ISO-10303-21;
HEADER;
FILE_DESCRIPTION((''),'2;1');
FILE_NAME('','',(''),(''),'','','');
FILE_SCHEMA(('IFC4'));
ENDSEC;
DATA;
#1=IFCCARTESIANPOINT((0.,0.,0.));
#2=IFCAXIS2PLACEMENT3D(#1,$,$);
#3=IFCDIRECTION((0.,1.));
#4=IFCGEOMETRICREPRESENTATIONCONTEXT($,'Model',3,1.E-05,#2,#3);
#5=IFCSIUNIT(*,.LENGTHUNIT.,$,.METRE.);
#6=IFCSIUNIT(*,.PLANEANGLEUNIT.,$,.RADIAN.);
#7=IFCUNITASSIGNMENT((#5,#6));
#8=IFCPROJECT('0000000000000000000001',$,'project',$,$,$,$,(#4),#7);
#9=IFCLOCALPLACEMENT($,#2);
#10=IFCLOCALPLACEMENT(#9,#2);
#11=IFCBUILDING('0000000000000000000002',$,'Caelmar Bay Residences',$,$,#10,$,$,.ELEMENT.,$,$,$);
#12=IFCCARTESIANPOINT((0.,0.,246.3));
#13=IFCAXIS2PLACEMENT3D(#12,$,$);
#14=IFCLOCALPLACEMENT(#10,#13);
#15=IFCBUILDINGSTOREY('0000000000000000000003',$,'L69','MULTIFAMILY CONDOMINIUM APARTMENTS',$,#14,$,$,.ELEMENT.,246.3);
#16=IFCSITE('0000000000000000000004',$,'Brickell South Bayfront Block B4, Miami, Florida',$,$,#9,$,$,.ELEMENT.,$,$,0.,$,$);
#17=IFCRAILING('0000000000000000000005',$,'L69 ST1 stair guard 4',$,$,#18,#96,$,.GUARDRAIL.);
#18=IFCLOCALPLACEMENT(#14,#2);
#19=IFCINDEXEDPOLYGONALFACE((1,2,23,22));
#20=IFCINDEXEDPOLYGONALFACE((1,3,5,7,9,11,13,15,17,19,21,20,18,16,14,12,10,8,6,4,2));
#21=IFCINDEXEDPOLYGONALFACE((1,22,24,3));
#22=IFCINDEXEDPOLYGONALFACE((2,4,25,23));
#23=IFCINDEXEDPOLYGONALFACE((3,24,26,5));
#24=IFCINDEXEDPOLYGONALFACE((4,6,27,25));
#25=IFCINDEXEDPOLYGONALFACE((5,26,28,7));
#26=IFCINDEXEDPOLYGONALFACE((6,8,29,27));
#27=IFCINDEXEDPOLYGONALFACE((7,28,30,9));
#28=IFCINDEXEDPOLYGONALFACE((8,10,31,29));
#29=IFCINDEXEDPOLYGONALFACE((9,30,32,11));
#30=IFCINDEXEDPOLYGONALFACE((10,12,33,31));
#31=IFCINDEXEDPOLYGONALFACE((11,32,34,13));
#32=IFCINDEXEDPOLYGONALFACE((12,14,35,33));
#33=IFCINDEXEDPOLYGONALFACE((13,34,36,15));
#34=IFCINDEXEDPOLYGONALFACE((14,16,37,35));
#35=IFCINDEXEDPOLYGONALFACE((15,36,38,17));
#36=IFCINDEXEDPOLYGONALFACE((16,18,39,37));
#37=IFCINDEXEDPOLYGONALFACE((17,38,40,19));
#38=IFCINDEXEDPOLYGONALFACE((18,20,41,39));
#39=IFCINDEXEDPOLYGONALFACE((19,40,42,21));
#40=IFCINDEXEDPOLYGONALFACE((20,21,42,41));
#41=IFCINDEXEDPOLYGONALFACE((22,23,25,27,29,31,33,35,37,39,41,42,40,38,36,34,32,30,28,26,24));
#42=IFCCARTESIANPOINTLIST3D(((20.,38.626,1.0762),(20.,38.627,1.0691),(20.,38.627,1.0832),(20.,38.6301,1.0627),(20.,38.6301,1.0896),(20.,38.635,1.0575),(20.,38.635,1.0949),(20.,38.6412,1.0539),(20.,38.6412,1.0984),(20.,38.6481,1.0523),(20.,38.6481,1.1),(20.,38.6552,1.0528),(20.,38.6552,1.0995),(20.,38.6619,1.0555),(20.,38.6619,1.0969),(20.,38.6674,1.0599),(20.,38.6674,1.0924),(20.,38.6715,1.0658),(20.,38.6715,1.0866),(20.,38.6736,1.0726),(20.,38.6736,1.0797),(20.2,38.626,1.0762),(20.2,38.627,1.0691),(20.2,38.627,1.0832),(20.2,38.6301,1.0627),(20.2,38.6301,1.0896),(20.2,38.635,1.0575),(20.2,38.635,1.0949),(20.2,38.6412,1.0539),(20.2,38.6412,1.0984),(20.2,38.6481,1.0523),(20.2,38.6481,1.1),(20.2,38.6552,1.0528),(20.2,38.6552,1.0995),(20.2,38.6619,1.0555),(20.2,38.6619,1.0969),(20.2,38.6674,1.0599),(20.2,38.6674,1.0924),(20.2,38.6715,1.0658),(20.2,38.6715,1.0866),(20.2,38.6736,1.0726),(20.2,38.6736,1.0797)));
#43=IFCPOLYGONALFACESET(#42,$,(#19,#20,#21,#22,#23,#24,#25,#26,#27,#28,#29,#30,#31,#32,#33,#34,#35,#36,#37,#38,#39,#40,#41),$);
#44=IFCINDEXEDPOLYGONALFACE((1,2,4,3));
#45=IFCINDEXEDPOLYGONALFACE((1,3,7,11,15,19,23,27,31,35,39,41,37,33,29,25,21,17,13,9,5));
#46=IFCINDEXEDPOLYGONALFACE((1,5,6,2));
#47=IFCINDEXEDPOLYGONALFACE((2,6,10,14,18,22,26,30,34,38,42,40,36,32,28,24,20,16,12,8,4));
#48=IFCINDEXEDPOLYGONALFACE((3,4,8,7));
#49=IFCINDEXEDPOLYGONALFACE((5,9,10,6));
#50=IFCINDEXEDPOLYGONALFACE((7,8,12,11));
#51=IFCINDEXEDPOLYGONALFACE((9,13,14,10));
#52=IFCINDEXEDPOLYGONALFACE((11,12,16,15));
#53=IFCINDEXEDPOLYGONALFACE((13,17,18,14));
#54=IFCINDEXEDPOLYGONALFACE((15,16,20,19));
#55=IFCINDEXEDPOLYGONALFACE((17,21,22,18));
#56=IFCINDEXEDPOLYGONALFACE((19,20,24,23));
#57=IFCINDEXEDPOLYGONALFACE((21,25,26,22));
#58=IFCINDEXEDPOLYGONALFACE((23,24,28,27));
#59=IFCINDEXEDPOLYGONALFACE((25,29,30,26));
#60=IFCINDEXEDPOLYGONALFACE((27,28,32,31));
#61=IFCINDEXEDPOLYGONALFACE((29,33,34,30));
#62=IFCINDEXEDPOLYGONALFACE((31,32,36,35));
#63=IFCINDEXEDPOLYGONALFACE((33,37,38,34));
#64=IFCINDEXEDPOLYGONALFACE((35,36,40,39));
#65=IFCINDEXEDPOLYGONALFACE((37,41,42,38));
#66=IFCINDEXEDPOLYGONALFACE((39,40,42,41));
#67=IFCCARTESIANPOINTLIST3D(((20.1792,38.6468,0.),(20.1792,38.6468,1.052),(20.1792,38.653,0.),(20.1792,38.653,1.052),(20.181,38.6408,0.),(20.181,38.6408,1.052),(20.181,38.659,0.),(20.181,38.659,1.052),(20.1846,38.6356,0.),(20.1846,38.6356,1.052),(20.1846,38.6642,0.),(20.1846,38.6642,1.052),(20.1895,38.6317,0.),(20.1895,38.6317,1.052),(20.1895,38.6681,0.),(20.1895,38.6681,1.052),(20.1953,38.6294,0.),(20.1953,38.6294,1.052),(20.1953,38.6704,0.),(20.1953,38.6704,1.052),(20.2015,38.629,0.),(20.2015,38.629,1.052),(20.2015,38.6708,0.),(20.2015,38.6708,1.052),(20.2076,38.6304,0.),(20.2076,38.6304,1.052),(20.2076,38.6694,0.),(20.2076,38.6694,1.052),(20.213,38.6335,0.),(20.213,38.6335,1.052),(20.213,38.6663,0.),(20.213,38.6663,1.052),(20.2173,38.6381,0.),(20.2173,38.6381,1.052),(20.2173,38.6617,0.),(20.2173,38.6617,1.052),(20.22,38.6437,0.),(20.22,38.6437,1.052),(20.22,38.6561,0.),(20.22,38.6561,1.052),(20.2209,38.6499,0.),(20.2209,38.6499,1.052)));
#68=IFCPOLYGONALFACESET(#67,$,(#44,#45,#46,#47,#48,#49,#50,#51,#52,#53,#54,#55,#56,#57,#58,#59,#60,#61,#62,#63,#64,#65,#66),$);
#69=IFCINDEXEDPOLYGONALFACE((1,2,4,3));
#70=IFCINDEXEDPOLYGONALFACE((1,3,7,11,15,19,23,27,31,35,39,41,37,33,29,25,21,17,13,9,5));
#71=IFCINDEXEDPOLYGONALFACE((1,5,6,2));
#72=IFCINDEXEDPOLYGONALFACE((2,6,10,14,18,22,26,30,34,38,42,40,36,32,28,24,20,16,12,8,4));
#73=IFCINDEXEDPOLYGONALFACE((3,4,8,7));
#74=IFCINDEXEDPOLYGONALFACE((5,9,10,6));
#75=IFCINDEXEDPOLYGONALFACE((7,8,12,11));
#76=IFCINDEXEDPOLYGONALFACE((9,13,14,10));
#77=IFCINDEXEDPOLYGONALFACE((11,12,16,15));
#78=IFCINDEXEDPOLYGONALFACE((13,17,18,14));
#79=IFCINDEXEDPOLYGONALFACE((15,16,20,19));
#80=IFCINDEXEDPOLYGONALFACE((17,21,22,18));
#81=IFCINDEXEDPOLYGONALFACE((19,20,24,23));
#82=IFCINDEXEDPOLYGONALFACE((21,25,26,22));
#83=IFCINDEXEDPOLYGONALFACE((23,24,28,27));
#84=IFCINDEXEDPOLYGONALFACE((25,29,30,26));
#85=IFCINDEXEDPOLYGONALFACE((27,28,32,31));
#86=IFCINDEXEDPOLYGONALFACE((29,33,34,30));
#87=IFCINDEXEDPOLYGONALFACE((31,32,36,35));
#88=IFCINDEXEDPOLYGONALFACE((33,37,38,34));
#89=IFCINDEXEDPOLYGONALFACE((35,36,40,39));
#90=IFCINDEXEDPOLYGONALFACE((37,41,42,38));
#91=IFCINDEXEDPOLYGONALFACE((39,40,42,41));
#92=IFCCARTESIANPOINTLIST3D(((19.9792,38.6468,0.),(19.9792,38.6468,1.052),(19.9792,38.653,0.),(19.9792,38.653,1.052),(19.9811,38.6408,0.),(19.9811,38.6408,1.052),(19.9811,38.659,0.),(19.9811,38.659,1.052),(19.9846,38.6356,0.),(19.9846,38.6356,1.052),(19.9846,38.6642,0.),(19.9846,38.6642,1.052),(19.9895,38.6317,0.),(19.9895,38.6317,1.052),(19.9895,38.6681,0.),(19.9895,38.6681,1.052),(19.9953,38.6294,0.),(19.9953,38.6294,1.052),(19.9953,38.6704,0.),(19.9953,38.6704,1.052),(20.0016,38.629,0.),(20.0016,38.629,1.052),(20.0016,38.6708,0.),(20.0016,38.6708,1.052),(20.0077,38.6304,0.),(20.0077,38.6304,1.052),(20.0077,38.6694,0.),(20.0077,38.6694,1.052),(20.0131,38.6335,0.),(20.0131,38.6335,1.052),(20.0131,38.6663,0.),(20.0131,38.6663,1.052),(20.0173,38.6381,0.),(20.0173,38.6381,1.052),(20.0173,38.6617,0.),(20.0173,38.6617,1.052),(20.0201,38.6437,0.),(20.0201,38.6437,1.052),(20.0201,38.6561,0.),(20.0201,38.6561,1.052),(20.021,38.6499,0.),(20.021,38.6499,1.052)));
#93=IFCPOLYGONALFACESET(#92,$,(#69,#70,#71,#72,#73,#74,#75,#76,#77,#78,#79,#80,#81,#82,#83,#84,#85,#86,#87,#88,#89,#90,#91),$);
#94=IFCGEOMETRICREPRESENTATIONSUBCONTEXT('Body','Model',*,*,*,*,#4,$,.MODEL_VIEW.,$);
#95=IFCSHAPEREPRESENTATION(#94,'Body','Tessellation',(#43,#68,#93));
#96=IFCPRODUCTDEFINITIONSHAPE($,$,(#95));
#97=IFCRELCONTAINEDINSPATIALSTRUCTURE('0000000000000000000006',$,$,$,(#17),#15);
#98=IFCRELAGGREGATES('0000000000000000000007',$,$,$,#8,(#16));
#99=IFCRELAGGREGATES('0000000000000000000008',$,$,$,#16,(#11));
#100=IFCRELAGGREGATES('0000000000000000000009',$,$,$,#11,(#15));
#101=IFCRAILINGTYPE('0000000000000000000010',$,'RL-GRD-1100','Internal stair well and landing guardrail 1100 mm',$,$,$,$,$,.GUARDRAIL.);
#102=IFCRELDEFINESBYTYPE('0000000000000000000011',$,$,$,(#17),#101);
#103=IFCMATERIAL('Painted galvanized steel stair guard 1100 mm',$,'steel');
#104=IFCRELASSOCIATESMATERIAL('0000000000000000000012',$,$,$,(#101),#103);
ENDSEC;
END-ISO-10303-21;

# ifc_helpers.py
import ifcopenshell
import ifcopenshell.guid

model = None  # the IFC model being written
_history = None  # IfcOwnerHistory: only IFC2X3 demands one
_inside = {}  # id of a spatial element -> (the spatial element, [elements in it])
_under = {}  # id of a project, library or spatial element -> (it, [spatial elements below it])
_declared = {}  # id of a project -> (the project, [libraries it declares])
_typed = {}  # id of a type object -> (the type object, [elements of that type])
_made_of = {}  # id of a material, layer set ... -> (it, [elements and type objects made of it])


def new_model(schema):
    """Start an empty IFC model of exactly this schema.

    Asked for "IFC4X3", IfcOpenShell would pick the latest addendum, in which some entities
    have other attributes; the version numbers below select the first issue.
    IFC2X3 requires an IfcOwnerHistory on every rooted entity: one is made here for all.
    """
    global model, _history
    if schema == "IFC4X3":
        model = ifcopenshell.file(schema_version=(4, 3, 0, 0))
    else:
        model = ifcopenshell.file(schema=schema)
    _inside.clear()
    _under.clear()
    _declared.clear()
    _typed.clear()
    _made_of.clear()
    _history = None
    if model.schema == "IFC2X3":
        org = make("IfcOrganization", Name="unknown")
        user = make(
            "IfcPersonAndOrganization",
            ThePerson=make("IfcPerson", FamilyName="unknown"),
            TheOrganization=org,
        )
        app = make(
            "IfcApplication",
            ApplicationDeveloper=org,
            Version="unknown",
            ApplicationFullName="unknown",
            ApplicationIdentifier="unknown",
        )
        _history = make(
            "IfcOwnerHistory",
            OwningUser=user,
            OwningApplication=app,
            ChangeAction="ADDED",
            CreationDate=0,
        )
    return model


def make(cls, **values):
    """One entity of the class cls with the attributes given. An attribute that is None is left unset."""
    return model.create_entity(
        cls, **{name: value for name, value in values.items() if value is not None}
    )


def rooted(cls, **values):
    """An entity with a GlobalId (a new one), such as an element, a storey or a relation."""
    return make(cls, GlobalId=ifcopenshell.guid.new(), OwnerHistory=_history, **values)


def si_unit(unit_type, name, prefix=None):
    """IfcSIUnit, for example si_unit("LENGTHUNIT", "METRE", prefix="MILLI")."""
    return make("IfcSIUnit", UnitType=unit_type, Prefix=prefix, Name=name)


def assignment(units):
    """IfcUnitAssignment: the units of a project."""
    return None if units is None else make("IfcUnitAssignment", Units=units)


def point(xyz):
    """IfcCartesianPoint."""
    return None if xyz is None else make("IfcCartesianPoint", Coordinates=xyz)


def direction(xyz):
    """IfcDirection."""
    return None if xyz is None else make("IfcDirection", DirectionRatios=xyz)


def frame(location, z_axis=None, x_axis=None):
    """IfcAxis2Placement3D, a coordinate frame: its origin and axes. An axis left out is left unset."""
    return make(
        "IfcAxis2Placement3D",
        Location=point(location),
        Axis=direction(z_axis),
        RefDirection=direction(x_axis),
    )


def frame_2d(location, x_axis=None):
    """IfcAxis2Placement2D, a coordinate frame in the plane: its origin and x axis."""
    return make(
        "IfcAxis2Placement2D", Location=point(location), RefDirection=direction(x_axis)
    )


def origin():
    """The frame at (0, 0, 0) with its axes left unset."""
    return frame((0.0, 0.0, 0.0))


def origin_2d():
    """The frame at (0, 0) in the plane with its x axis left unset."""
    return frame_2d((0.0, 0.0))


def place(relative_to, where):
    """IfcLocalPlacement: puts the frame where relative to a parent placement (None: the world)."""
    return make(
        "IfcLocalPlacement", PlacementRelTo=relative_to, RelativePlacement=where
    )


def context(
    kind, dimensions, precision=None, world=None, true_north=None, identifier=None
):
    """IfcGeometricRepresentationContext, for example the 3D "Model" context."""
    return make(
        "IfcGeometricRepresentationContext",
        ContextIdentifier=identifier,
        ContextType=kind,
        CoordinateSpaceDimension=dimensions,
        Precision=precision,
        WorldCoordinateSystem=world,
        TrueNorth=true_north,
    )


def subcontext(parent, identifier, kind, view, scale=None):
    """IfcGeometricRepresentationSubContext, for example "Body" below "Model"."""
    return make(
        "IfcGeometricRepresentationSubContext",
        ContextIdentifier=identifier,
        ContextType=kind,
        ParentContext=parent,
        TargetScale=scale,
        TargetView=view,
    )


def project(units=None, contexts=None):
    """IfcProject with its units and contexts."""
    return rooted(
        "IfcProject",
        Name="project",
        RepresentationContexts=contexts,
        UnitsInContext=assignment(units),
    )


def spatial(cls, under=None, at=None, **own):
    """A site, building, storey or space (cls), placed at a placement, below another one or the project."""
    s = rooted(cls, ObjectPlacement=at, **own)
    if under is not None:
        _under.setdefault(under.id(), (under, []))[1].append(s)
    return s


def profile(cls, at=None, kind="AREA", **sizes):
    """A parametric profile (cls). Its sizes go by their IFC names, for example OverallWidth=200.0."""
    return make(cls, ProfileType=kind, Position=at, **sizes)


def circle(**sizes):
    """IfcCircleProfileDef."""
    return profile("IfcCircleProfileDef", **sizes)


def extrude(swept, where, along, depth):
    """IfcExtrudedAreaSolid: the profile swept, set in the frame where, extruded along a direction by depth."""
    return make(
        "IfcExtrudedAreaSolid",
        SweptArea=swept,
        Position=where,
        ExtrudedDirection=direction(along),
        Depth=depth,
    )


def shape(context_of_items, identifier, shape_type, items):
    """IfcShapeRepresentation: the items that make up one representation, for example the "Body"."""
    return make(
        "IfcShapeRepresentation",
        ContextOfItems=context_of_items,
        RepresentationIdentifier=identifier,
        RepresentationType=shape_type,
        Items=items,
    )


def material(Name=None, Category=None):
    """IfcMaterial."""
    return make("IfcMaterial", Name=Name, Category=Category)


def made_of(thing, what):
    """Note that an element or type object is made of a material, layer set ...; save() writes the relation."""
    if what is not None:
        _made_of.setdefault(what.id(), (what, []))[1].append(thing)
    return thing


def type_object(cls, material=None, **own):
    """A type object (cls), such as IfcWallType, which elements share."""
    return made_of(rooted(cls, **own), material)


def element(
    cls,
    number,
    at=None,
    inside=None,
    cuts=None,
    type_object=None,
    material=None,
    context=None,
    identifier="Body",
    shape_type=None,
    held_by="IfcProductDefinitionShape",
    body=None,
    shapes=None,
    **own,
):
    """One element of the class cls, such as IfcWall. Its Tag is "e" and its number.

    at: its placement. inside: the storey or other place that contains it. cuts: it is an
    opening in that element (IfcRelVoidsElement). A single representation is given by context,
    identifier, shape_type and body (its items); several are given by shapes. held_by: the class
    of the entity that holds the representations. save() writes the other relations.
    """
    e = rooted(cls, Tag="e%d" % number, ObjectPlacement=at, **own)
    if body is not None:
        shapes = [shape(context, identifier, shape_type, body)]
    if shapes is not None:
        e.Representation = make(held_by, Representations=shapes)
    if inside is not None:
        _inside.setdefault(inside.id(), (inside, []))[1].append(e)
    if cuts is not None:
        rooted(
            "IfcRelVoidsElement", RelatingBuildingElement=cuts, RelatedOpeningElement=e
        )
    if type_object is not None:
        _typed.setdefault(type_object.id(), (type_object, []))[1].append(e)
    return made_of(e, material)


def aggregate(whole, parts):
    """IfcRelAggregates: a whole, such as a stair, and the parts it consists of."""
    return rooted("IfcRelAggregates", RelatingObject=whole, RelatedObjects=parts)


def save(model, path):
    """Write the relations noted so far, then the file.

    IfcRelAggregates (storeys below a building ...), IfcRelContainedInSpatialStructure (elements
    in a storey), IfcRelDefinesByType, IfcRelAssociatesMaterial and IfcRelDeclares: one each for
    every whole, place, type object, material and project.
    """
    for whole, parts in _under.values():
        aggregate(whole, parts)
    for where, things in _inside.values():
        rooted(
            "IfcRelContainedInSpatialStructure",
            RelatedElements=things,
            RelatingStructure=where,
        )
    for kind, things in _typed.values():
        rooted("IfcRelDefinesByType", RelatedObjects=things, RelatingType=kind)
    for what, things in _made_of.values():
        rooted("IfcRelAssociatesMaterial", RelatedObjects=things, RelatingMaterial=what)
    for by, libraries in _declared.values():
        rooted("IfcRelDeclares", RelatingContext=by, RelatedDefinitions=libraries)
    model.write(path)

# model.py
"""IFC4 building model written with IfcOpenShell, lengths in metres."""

from ifc_helpers import new_model, si_unit, direction, frame, origin, origin_2d, place, context, subcontext, project, spatial, circle, extrude, material, type_object, element, save


model = new_model("IFC4")

# Units and contexts
model_context = context("Model", 3, precision=1e-05, world=origin(), true_north=direction((0.0, 1.0)))
body_context = subcontext(model_context, "Body", "Model", "MODEL_VIEW")
ifc_project = project(units=[si_unit("LENGTHUNIT", "METRE"), si_unit("PLANEANGLEUNIT", "RADIAN")], contexts=[model_context])

# Site, building, storey
site_placement = place(None, origin())
site = spatial("IfcSite", under=ifc_project, at=site_placement, Name="Brickell South Bayfront Block B4, Miami, Florida", CompositionType="ELEMENT", RefElevation=0.0)
building_placement = place(site_placement, origin())
building = spatial("IfcBuilding", under=site, at=building_placement, Name="Caelmar Bay Residences", CompositionType="ELEMENT")
storey_placement = place(building_placement, frame((0.0, 0.0, 246.3)))
storey = spatial("IfcBuildingStorey", under=building, at=storey_placement, Name="L69", Description="MULTIFAMILY CONDOMINIUM APARTMENTS", CompositionType="ELEMENT", Elevation=246.3)

# Railing
ifc_material_1 = material(Name="Painted galvanized steel stair guard 1100 mm", Category="steel")
railing_type_1 = type_object("IfcRailingType", Name="RL-GRD-1100", Description="Internal stair well and landing guardrail 1100 mm", PredefinedType="GUARDRAIL", material=ifc_material_1)
railing_1_placement = place(storey_placement, frame((20.2, 38.6499, 0.0)))
element("IfcRailing", 1, at=railing_1_placement, inside=storey, type_object=railing_type_1, Name="L69 ST1 stair guard 4", PredefinedType="GUARDRAIL", context=body_context, shape_type="SweptSolid", body=[
    extrude(circle(Radius=0.0239, at=origin_2d()), frame((0.0, 0.0, 1.0762), z_axis=(-1.0, 0.0, 0.0), x_axis=(0.0, -1.0, 0.0)), (0.0, 0.0, 1.0), 0.2),
    extrude(circle(Radius=0.021, at=origin_2d()), origin(), (0.0, 0.0, 1.0), 1.052),
    extrude(circle(Radius=0.021, at=origin_2d()), frame((-0.2, 0.0, 0.0)), (0.0, 0.0, 1.0), 1.052),
])

save(model, "model.ifc")
